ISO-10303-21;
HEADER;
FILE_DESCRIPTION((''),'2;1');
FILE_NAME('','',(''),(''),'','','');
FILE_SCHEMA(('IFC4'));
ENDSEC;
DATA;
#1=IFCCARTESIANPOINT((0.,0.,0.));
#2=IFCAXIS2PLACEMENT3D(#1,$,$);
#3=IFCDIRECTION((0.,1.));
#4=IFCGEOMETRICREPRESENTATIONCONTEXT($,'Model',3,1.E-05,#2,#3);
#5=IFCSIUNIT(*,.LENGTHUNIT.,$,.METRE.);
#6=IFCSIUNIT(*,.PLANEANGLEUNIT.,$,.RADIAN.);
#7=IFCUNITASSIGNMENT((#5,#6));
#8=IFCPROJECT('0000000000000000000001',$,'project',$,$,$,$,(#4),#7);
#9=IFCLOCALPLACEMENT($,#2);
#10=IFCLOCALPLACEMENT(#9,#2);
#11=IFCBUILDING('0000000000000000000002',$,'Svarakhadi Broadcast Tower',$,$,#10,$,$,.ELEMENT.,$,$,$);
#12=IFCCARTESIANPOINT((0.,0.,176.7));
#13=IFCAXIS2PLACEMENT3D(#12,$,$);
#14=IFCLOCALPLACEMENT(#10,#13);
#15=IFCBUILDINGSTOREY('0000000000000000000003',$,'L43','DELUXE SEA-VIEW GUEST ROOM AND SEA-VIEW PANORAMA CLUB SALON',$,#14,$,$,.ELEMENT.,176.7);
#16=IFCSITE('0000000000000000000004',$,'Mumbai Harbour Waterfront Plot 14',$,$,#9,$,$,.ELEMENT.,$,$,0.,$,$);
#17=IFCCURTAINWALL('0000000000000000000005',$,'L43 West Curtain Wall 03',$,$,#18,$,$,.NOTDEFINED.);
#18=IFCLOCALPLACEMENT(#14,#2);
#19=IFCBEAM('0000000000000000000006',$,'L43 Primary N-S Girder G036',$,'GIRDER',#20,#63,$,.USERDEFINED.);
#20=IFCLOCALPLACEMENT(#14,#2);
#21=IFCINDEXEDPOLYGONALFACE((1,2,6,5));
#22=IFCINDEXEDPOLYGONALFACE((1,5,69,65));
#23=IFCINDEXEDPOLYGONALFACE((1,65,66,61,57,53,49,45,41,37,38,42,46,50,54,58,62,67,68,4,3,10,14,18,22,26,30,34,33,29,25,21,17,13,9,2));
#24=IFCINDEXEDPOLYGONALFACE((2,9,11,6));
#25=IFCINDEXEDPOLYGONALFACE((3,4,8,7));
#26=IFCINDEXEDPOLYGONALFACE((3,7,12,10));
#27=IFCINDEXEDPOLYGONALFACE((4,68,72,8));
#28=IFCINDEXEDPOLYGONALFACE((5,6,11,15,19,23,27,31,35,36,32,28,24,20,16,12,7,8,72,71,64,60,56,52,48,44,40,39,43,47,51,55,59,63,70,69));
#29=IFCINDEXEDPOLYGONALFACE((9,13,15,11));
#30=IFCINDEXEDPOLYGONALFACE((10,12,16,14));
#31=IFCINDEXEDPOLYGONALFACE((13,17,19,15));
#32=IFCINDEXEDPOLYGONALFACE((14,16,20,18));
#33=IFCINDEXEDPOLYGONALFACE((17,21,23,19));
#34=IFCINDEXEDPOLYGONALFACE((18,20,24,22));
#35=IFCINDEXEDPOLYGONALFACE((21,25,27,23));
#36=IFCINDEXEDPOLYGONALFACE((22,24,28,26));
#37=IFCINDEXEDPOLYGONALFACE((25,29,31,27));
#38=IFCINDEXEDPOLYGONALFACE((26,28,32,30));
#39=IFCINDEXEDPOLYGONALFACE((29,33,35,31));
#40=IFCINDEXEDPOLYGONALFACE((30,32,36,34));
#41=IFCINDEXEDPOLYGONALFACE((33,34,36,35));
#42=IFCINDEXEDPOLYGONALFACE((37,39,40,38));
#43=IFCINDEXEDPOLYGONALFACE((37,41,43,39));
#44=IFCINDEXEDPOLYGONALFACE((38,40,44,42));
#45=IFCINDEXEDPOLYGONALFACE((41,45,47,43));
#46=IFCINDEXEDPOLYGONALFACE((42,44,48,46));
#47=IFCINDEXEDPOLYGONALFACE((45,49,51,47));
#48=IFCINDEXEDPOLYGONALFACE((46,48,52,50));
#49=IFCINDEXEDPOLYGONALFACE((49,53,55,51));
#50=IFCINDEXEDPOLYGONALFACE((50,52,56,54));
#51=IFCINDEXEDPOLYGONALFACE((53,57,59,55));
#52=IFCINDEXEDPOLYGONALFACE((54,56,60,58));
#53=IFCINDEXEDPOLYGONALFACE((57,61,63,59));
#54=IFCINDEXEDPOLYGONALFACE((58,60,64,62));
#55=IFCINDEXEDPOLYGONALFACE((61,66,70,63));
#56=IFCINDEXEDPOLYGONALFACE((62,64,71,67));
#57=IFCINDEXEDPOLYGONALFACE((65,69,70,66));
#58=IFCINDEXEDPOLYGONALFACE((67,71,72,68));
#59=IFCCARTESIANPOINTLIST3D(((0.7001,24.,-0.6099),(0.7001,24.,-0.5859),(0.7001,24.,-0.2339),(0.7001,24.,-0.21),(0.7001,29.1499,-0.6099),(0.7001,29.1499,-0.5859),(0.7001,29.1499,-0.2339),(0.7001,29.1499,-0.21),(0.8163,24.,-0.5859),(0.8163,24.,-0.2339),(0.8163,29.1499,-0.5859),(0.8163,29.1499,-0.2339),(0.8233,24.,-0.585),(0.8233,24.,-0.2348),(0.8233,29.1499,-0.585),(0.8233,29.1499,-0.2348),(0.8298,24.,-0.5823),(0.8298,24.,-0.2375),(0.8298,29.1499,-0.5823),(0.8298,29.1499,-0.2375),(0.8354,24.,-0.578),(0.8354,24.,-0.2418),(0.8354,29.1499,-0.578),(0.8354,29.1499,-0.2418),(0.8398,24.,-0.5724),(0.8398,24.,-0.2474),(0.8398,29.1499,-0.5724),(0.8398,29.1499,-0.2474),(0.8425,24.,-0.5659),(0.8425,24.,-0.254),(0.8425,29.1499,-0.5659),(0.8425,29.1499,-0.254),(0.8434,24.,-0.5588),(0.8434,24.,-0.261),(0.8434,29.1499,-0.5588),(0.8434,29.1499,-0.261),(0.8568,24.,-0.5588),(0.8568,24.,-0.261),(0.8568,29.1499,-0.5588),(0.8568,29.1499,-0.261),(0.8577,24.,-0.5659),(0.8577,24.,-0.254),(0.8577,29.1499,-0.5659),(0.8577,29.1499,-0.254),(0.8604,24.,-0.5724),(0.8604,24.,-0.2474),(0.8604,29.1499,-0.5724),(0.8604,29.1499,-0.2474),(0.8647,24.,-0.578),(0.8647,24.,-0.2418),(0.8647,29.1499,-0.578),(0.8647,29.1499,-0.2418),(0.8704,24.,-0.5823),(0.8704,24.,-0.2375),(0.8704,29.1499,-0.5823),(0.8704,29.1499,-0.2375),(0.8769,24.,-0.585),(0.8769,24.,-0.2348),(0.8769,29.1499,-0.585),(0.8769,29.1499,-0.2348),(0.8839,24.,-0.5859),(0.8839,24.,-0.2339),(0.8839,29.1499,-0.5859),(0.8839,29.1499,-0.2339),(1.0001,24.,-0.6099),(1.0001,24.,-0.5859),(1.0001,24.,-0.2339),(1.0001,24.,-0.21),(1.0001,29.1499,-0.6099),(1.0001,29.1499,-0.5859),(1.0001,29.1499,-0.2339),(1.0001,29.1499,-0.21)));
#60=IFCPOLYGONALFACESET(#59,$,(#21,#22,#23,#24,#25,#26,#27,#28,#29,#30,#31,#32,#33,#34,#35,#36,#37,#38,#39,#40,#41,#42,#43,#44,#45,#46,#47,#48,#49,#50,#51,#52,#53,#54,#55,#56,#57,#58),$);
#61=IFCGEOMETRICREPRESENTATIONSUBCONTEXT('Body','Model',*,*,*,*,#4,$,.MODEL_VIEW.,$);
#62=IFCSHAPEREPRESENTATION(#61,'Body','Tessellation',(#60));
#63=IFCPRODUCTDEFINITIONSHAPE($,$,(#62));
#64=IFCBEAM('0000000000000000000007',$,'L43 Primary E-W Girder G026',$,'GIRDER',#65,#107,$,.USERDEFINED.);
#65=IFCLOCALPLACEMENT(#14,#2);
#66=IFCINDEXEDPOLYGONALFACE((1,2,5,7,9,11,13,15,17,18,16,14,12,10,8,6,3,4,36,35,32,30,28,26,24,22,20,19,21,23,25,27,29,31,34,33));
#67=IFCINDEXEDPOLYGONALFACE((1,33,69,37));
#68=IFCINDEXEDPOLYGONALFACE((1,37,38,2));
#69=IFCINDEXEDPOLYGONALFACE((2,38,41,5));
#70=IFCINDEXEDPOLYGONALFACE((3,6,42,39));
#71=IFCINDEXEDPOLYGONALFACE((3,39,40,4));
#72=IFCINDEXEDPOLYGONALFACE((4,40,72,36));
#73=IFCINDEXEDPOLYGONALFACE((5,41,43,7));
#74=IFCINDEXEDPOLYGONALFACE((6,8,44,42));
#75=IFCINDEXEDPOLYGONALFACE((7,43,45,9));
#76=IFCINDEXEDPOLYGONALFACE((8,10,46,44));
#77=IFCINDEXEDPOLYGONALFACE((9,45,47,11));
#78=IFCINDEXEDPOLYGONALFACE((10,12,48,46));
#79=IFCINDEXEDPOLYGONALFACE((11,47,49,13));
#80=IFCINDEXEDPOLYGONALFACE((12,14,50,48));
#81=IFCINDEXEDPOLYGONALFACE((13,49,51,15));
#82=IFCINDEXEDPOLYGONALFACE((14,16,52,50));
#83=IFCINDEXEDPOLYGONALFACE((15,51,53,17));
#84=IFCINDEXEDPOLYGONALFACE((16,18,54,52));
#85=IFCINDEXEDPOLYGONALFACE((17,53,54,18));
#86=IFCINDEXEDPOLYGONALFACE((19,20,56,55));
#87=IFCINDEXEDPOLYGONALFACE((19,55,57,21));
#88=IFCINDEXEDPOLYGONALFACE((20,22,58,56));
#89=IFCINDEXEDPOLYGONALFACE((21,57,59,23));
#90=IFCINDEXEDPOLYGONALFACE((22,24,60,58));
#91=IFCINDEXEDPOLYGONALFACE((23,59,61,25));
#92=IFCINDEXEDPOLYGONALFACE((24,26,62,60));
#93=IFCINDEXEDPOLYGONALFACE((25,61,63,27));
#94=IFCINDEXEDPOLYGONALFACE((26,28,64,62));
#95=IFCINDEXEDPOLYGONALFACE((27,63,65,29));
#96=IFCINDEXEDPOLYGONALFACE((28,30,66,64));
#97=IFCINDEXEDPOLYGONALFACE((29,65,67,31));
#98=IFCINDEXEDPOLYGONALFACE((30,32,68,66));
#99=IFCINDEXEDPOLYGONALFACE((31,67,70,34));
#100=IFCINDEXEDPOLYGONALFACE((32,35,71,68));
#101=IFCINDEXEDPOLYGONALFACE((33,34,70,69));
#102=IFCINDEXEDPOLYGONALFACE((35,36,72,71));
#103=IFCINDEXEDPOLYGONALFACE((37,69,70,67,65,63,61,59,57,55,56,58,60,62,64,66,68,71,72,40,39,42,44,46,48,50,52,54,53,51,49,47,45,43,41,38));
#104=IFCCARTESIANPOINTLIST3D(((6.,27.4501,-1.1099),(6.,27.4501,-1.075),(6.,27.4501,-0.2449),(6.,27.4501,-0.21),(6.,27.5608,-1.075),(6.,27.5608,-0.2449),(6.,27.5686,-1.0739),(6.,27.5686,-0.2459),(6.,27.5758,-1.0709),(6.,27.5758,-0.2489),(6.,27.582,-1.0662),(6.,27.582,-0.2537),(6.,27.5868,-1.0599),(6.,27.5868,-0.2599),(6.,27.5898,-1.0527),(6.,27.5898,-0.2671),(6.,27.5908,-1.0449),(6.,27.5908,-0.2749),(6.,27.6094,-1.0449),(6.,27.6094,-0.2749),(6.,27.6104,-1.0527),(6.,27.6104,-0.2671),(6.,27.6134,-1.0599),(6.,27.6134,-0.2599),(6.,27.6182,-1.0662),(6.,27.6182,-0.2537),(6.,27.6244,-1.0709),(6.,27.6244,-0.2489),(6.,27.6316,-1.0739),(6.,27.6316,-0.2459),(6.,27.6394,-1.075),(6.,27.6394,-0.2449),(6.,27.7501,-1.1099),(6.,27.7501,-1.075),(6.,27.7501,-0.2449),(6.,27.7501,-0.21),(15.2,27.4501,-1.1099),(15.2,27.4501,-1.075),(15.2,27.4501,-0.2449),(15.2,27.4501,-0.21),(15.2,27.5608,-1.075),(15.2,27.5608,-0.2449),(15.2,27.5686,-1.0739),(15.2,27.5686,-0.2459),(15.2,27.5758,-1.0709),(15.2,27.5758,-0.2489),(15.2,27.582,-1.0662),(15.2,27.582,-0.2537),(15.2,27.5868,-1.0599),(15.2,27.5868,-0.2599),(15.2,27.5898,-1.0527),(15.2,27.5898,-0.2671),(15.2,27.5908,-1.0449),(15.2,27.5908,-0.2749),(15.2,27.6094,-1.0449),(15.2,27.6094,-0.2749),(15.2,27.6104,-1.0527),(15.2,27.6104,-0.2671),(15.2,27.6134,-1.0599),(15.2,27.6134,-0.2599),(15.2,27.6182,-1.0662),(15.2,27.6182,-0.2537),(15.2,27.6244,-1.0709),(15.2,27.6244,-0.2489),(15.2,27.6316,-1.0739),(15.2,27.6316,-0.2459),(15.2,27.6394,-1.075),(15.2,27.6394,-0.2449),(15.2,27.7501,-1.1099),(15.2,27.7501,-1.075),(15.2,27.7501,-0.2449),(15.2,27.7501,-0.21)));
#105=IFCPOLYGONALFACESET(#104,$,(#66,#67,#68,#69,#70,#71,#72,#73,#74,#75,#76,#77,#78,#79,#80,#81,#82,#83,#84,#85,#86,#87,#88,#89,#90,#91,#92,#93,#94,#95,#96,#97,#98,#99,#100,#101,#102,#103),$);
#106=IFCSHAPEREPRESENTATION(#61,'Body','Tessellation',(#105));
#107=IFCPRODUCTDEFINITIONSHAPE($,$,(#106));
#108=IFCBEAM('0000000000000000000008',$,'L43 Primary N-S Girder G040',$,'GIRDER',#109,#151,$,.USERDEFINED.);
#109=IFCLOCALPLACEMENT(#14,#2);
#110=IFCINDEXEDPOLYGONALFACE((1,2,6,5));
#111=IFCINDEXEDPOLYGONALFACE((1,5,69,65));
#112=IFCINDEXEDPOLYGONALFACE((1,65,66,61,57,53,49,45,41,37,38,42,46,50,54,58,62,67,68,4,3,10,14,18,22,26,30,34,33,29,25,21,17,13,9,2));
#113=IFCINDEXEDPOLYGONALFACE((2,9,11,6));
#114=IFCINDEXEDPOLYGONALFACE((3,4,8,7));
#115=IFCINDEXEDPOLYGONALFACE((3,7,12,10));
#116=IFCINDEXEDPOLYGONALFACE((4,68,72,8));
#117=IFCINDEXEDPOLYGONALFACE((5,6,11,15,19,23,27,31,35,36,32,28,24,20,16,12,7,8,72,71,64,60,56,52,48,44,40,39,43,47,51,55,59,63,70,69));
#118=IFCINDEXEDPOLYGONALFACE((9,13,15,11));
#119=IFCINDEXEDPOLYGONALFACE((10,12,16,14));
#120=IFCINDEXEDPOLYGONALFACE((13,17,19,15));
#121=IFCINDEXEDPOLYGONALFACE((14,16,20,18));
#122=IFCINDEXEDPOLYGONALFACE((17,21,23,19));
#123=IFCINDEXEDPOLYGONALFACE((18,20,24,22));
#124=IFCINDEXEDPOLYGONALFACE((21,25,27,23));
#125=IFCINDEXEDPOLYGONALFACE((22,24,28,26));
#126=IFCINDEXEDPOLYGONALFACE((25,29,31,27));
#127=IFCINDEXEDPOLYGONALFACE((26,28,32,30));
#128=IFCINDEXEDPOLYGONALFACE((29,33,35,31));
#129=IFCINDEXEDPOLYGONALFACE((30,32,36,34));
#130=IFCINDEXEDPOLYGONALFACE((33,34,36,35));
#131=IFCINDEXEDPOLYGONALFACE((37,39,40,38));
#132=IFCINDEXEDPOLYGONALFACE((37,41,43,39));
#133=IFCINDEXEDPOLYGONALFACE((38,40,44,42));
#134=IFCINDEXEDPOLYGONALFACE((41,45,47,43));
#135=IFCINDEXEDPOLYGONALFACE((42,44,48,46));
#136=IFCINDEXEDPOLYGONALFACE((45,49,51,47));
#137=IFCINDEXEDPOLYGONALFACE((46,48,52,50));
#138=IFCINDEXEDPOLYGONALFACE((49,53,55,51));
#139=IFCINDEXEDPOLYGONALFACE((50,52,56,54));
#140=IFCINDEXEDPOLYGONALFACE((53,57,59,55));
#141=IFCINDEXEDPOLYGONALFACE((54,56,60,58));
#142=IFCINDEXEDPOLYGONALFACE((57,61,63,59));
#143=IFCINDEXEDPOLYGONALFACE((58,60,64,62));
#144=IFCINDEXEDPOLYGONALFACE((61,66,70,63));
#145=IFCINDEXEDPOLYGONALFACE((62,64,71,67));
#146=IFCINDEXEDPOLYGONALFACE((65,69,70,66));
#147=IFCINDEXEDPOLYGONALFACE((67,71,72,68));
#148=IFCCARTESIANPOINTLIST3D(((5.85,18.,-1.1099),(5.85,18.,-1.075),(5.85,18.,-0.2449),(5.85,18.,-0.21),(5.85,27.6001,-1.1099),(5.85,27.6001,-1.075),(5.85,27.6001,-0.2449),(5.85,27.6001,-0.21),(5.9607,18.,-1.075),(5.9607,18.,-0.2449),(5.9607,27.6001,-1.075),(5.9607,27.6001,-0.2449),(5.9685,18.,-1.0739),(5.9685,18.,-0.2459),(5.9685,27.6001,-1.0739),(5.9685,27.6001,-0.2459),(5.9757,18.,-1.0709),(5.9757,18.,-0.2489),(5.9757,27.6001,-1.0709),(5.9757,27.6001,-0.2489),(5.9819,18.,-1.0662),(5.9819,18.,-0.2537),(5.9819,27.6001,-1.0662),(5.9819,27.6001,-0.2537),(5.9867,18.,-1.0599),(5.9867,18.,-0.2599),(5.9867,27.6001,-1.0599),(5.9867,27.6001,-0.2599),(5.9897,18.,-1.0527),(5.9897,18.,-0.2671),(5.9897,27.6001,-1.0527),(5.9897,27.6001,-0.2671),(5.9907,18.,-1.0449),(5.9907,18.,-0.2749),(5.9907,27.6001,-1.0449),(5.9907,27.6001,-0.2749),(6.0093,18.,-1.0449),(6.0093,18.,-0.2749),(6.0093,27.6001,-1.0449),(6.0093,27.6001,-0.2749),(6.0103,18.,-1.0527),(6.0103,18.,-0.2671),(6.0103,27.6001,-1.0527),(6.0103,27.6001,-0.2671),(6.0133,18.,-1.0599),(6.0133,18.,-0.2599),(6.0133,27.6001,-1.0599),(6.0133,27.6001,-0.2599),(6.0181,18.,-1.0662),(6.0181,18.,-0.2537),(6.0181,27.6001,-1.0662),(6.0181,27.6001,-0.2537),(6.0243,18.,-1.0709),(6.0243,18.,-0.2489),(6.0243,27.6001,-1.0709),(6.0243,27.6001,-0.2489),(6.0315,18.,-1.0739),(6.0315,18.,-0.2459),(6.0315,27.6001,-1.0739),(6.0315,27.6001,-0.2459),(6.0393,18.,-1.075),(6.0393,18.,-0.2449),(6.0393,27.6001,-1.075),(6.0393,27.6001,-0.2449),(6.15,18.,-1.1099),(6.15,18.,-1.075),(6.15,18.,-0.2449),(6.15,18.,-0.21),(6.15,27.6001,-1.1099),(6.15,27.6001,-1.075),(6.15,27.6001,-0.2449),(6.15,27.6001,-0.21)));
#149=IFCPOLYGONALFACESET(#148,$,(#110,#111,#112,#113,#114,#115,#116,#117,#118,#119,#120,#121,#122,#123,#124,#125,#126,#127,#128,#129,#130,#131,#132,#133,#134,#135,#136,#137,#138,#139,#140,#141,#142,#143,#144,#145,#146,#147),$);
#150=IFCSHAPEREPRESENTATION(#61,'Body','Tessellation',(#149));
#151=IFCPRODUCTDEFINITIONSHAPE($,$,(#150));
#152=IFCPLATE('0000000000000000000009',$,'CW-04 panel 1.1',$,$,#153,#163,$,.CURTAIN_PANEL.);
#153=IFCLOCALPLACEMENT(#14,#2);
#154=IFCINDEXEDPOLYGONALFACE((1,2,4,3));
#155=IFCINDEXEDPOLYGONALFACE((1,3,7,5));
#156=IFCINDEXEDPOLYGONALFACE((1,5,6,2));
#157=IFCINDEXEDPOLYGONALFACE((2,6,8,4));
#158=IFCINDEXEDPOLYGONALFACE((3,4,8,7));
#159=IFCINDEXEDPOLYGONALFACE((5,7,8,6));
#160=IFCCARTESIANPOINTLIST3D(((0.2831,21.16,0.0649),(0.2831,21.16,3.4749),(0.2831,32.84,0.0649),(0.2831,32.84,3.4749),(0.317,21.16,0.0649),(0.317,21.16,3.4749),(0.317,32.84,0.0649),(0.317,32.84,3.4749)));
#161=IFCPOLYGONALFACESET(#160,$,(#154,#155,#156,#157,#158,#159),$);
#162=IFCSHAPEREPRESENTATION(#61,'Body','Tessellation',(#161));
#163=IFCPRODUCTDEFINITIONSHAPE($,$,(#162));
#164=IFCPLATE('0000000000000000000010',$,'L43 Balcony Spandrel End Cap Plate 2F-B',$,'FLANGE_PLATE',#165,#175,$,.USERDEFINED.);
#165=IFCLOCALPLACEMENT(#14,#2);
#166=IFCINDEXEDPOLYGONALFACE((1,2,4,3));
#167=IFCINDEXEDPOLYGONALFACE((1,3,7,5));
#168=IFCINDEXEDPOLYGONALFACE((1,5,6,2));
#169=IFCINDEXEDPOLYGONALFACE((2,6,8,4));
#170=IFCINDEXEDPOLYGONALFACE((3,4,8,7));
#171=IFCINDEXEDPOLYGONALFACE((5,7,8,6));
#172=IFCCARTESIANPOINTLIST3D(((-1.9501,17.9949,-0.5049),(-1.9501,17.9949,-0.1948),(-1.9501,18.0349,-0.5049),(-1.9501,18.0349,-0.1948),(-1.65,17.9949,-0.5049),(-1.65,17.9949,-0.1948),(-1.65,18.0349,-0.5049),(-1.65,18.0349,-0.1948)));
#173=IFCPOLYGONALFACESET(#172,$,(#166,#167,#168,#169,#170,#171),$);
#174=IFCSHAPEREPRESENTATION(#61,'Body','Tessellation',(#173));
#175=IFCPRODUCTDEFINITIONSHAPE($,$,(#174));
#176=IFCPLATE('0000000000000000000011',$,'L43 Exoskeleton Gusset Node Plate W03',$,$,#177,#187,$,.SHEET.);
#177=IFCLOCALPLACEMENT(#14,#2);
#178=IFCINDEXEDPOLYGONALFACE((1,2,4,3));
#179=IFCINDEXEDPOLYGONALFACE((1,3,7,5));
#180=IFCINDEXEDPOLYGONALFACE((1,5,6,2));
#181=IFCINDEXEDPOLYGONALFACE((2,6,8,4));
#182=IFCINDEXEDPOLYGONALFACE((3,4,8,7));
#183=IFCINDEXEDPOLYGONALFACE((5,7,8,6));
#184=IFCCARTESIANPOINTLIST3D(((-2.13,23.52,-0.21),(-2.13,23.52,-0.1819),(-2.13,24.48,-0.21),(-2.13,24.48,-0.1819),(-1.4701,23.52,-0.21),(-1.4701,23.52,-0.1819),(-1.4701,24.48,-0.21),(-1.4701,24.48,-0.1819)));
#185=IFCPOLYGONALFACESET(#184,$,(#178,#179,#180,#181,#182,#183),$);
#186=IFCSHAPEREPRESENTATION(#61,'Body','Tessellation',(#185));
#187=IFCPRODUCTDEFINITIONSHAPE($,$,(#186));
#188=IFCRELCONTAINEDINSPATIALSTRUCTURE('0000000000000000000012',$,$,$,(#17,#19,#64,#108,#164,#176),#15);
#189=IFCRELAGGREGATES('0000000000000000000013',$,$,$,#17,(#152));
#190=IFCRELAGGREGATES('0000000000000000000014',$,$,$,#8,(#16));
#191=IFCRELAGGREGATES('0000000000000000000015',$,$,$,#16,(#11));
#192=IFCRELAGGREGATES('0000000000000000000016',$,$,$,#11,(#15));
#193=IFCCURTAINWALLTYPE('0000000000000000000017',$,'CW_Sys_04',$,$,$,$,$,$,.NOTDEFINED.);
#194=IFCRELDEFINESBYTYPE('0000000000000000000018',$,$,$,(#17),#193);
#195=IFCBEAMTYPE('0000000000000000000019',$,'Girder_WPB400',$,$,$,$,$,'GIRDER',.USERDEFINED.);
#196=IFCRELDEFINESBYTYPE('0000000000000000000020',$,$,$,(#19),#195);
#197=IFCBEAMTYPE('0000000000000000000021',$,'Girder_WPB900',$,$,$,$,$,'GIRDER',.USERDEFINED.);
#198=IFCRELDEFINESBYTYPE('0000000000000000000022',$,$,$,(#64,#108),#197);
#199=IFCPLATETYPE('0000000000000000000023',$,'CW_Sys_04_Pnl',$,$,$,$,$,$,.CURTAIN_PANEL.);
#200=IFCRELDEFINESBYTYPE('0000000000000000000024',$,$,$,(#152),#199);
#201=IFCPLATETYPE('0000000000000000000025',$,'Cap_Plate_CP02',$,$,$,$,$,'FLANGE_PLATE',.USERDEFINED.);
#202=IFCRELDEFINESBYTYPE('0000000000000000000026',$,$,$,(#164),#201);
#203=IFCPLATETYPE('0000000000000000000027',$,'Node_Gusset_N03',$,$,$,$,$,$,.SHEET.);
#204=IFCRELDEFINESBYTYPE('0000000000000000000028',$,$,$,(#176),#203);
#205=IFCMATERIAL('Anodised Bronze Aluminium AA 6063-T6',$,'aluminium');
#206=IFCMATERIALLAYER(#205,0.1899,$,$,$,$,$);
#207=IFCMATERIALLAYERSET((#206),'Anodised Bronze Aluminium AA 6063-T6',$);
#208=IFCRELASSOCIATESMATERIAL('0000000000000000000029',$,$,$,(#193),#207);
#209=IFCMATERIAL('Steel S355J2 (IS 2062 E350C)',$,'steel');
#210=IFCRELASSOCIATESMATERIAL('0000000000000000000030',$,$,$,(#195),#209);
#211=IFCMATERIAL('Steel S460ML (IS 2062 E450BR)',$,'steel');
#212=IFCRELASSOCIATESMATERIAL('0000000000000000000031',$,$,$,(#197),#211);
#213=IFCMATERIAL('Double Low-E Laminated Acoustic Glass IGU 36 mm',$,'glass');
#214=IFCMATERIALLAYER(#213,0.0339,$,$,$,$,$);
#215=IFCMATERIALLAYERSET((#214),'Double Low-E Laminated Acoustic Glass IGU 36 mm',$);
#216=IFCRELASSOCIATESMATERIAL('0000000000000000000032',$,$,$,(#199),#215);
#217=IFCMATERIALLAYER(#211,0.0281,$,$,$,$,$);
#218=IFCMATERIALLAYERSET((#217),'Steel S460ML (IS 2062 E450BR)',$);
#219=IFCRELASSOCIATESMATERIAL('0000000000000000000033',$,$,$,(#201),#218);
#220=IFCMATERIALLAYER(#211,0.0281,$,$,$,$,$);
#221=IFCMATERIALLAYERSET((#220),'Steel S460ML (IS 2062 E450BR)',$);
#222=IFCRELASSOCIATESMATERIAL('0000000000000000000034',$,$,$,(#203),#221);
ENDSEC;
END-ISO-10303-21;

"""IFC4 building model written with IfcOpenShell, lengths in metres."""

from ifc_helpers import new_model, si_unit, direction, frame, origin, origin_2d, place, context, subcontext, project, spatial, rectangle, i_section, extrude, material, layer, layer_set, material_profile, profile_set, type_object, element, aggregate, save


model = new_model("IFC4")

# Units and contexts
model_context = context("Model", 3, precision=1e-05, world=origin(), true_north=direction((0.0, 1.0)))
body_context = subcontext(model_context, "Body", "Model", "MODEL_VIEW")
ifc_project = project(units=[si_unit("LENGTHUNIT", "METRE"), si_unit("PLANEANGLEUNIT", "RADIAN")], contexts=[model_context])

# Site, building, storey
site_placement = place(None, origin())
site = spatial("IfcSite", under=ifc_project, at=site_placement, Name="Mumbai Harbour Waterfront Plot 14", CompositionType="ELEMENT", RefElevation=0.0)
building_placement = place(site_placement, origin())
building = spatial("IfcBuilding", under=site, at=building_placement, Name="Svarakhadi Broadcast Tower", CompositionType="ELEMENT")
storey_placement = place(building_placement, frame((0.0, 0.0, 176.7)))
storey = spatial("IfcBuildingStorey", under=building, at=storey_placement, Name="L43", Description="DELUXE SEA-VIEW GUEST ROOM AND SEA-VIEW PANORAMA CLUB SALON", CompositionType="ELEMENT", Elevation=176.7)

# Shared definitions
ifc_material_1 = material(Name="Steel S355J2 (IS 2062 E350C)", Category="steel")

# Curtain wall
ifc_material_2 = material(Name="Anodised Bronze Aluminium AA 6063-T6", Category="aluminium")
ifc_layer_1 = layer(ifc_material_2, 0.1899)
ifc_layer_set_1 = layer_set([ifc_layer_1], Name="Anodised Bronze Aluminium AA 6063-T6")
curtain_wall_type = type_object("IfcCurtainWallType", Name="CW_Sys_04", PredefinedType="NOTDEFINED", material=ifc_layer_set_1)
curtain_wall_placement = place(storey_placement, origin())
curtain_wall = element("IfcCurtainWall", 1, at=curtain_wall_placement, inside=storey, type_object=curtain_wall_type, Name="L43 West Curtain Wall 03", PredefinedType="NOTDEFINED")

# Shared definitions
ifc_material_3 = material(Name="Steel S460ML (IS 2062 E450BR)", Category="steel")

# Beams
ifc_material_profile_1 = material_profile(ifc_material_1, i_section(OverallWidth=0.3, OverallDepth=0.3999, WebThickness=0.0134, FlangeThickness=0.0239, FilletRadius=0.0271, at=origin_2d()), Name="WPB 400x300x155")
ifc_profile_set_1 = profile_set([ifc_material_profile_1], Name="Steel S355J2 (IS 2062 E350C)")
beam_type_1 = type_object("IfcBeamType", Name="Girder_WPB400", ElementType="GIRDER", PredefinedType="USERDEFINED", material=ifc_profile_set_1)
beam_1_placement = place(storey_placement, frame((0.8501, 24.0, -0.4099), z_axis=(0.0, 1.0, 0.0), x_axis=(-1.0, 0.0, 0.0)))
element("IfcBeam", 2, at=beam_1_placement, inside=storey, type_object=beam_type_1, Name="L43 Primary N-S Girder G036", ObjectType="GIRDER", PredefinedType="USERDEFINED", context=body_context, shape_type="SweptSolid", body=[
    extrude(i_section(OverallWidth=0.3, OverallDepth=0.3999, WebThickness=0.0134, FlangeThickness=0.0239, FilletRadius=0.0271, at=origin_2d()), origin(), (0.0, 0.0, 1.0), 5.1499),
])
ifc_material_profile_2 = material_profile(ifc_material_3, i_section(OverallWidth=0.3, OverallDepth=0.8999, WebThickness=0.0186, FlangeThickness=0.0349, FilletRadius=0.03, at=origin_2d()), Name="WPB 900x300x291")
ifc_profile_set_2 = profile_set([ifc_material_profile_2], Name="Steel S460ML (IS 2062 E450BR)")
beam_type_2 = type_object("IfcBeamType", Name="Girder_WPB900", ElementType="GIRDER", PredefinedType="USERDEFINED", material=ifc_profile_set_2)
beam_2_placement = place(storey_placement, frame((6.0, 27.6001, -0.6599), z_axis=(1.0, 0.0, 0.0), x_axis=(0.0, 1.0, 0.0)))
element("IfcBeam", 3, at=beam_2_placement, inside=storey, type_object=beam_type_2, Name="L43 Primary E-W Girder G026", ObjectType="GIRDER", PredefinedType="USERDEFINED", context=body_context, shape_type="SweptSolid", body=[
    extrude(i_section(OverallWidth=0.3, OverallDepth=0.8999, WebThickness=0.0186, FlangeThickness=0.0349, FilletRadius=0.03, at=origin_2d()), origin(), (0.0, 0.0, 1.0), 9.2),
])
beam_3_placement = place(storey_placement, frame((6.0, 18.0, -0.6599), z_axis=(0.0, 1.0, 0.0), x_axis=(-1.0, 0.0, 0.0)))
element("IfcBeam", 4, at=beam_3_placement, inside=storey, type_object=beam_type_2, Name="L43 Primary N-S Girder G040", ObjectType="GIRDER", PredefinedType="USERDEFINED", context=body_context, shape_type="SweptSolid", body=[
    extrude(i_section(OverallWidth=0.3, OverallDepth=0.8999, WebThickness=0.0186, FlangeThickness=0.0349, FilletRadius=0.03, at=origin_2d()), origin(), (0.0, 0.0, 1.0), 9.6001),
])

# Plate
ifc_material_4 = material(Name="Double Low-E Laminated Acoustic Glass IGU 36 mm", Category="glass")
ifc_layer_2 = layer(ifc_material_4, 0.0339)
ifc_layer_set_2 = layer_set([ifc_layer_2], Name="Double Low-E Laminated Acoustic Glass IGU 36 mm")
plate_type_1 = type_object("IfcPlateType", Name="CW_Sys_04_Pnl", PredefinedType="CURTAIN_PANEL", material=ifc_layer_set_2)
plate_1_placement = place(storey_placement, frame((0.3, 27.0, 0.0649), z_axis=(0.0, 0.0, 1.0), x_axis=(0.0, 1.0, 0.0)))
plate_1 = element("IfcPlate", 5, at=plate_1_placement, type_object=plate_type_1, Name="CW-04 panel 1.1", PredefinedType="CURTAIN_PANEL", context=body_context, shape_type="SweptSolid", body=[
    extrude(rectangle(XDim=11.6799, YDim=0.0339, at=origin_2d()), origin(), (0.0, 0.0, 1.0), 3.4099),
])
aggregate(curtain_wall, [plate_1])

# Plates
ifc_layer_3 = layer(ifc_material_3, 0.0281)
ifc_layer_set_3 = layer_set([ifc_layer_3], Name="Steel S460ML (IS 2062 E450BR)")
plate_type_2 = type_object("IfcPlateType", Name="Cap_Plate_CP02", ElementType="FLANGE_PLATE", PredefinedType="USERDEFINED", material=ifc_layer_set_3)
plate_2_placement = place(storey_placement, frame((-1.8, 18.0149, -0.5049), z_axis=(0.0, 0.0, 1.0), x_axis=(1.0, 0.0, 0.0)))
element("IfcPlate", 6, at=plate_2_placement, inside=storey, type_object=plate_type_2, Name="L43 Balcony Spandrel End Cap Plate 2F-B", ObjectType="FLANGE_PLATE", PredefinedType="USERDEFINED", context=body_context, shape_type="SweptSolid", body=[
    extrude(rectangle(XDim=0.3, YDim=0.04, at=origin_2d()), origin(), (0.0, 0.0, 1.0), 0.3101),
])
ifc_layer_4 = layer(ifc_material_3, 0.0281)
ifc_layer_set_4 = layer_set([ifc_layer_4], Name="Steel S460ML (IS 2062 E450BR)")
plate_type_3 = type_object("IfcPlateType", Name="Node_Gusset_N03", PredefinedType="SHEET", material=ifc_layer_set_4)
plate_3_placement = place(storey_placement, frame((-1.8, 24.0, -0.21), z_axis=(0.0, 0.0, 1.0), x_axis=(0.0, 1.0, 0.0)))
element("IfcPlate", 7, at=plate_3_placement, inside=storey, type_object=plate_type_3, Name="L43 Exoskeleton Gusset Node Plate W03", PredefinedType="SHEET", context=body_context, shape_type="SweptSolid", body=[
    extrude(rectangle(XDim=0.96, YDim=0.6599, at=origin_2d()), origin(), (0.0, 0.0, 1.0), 0.0281),
])

save(model, "model.ifc")
